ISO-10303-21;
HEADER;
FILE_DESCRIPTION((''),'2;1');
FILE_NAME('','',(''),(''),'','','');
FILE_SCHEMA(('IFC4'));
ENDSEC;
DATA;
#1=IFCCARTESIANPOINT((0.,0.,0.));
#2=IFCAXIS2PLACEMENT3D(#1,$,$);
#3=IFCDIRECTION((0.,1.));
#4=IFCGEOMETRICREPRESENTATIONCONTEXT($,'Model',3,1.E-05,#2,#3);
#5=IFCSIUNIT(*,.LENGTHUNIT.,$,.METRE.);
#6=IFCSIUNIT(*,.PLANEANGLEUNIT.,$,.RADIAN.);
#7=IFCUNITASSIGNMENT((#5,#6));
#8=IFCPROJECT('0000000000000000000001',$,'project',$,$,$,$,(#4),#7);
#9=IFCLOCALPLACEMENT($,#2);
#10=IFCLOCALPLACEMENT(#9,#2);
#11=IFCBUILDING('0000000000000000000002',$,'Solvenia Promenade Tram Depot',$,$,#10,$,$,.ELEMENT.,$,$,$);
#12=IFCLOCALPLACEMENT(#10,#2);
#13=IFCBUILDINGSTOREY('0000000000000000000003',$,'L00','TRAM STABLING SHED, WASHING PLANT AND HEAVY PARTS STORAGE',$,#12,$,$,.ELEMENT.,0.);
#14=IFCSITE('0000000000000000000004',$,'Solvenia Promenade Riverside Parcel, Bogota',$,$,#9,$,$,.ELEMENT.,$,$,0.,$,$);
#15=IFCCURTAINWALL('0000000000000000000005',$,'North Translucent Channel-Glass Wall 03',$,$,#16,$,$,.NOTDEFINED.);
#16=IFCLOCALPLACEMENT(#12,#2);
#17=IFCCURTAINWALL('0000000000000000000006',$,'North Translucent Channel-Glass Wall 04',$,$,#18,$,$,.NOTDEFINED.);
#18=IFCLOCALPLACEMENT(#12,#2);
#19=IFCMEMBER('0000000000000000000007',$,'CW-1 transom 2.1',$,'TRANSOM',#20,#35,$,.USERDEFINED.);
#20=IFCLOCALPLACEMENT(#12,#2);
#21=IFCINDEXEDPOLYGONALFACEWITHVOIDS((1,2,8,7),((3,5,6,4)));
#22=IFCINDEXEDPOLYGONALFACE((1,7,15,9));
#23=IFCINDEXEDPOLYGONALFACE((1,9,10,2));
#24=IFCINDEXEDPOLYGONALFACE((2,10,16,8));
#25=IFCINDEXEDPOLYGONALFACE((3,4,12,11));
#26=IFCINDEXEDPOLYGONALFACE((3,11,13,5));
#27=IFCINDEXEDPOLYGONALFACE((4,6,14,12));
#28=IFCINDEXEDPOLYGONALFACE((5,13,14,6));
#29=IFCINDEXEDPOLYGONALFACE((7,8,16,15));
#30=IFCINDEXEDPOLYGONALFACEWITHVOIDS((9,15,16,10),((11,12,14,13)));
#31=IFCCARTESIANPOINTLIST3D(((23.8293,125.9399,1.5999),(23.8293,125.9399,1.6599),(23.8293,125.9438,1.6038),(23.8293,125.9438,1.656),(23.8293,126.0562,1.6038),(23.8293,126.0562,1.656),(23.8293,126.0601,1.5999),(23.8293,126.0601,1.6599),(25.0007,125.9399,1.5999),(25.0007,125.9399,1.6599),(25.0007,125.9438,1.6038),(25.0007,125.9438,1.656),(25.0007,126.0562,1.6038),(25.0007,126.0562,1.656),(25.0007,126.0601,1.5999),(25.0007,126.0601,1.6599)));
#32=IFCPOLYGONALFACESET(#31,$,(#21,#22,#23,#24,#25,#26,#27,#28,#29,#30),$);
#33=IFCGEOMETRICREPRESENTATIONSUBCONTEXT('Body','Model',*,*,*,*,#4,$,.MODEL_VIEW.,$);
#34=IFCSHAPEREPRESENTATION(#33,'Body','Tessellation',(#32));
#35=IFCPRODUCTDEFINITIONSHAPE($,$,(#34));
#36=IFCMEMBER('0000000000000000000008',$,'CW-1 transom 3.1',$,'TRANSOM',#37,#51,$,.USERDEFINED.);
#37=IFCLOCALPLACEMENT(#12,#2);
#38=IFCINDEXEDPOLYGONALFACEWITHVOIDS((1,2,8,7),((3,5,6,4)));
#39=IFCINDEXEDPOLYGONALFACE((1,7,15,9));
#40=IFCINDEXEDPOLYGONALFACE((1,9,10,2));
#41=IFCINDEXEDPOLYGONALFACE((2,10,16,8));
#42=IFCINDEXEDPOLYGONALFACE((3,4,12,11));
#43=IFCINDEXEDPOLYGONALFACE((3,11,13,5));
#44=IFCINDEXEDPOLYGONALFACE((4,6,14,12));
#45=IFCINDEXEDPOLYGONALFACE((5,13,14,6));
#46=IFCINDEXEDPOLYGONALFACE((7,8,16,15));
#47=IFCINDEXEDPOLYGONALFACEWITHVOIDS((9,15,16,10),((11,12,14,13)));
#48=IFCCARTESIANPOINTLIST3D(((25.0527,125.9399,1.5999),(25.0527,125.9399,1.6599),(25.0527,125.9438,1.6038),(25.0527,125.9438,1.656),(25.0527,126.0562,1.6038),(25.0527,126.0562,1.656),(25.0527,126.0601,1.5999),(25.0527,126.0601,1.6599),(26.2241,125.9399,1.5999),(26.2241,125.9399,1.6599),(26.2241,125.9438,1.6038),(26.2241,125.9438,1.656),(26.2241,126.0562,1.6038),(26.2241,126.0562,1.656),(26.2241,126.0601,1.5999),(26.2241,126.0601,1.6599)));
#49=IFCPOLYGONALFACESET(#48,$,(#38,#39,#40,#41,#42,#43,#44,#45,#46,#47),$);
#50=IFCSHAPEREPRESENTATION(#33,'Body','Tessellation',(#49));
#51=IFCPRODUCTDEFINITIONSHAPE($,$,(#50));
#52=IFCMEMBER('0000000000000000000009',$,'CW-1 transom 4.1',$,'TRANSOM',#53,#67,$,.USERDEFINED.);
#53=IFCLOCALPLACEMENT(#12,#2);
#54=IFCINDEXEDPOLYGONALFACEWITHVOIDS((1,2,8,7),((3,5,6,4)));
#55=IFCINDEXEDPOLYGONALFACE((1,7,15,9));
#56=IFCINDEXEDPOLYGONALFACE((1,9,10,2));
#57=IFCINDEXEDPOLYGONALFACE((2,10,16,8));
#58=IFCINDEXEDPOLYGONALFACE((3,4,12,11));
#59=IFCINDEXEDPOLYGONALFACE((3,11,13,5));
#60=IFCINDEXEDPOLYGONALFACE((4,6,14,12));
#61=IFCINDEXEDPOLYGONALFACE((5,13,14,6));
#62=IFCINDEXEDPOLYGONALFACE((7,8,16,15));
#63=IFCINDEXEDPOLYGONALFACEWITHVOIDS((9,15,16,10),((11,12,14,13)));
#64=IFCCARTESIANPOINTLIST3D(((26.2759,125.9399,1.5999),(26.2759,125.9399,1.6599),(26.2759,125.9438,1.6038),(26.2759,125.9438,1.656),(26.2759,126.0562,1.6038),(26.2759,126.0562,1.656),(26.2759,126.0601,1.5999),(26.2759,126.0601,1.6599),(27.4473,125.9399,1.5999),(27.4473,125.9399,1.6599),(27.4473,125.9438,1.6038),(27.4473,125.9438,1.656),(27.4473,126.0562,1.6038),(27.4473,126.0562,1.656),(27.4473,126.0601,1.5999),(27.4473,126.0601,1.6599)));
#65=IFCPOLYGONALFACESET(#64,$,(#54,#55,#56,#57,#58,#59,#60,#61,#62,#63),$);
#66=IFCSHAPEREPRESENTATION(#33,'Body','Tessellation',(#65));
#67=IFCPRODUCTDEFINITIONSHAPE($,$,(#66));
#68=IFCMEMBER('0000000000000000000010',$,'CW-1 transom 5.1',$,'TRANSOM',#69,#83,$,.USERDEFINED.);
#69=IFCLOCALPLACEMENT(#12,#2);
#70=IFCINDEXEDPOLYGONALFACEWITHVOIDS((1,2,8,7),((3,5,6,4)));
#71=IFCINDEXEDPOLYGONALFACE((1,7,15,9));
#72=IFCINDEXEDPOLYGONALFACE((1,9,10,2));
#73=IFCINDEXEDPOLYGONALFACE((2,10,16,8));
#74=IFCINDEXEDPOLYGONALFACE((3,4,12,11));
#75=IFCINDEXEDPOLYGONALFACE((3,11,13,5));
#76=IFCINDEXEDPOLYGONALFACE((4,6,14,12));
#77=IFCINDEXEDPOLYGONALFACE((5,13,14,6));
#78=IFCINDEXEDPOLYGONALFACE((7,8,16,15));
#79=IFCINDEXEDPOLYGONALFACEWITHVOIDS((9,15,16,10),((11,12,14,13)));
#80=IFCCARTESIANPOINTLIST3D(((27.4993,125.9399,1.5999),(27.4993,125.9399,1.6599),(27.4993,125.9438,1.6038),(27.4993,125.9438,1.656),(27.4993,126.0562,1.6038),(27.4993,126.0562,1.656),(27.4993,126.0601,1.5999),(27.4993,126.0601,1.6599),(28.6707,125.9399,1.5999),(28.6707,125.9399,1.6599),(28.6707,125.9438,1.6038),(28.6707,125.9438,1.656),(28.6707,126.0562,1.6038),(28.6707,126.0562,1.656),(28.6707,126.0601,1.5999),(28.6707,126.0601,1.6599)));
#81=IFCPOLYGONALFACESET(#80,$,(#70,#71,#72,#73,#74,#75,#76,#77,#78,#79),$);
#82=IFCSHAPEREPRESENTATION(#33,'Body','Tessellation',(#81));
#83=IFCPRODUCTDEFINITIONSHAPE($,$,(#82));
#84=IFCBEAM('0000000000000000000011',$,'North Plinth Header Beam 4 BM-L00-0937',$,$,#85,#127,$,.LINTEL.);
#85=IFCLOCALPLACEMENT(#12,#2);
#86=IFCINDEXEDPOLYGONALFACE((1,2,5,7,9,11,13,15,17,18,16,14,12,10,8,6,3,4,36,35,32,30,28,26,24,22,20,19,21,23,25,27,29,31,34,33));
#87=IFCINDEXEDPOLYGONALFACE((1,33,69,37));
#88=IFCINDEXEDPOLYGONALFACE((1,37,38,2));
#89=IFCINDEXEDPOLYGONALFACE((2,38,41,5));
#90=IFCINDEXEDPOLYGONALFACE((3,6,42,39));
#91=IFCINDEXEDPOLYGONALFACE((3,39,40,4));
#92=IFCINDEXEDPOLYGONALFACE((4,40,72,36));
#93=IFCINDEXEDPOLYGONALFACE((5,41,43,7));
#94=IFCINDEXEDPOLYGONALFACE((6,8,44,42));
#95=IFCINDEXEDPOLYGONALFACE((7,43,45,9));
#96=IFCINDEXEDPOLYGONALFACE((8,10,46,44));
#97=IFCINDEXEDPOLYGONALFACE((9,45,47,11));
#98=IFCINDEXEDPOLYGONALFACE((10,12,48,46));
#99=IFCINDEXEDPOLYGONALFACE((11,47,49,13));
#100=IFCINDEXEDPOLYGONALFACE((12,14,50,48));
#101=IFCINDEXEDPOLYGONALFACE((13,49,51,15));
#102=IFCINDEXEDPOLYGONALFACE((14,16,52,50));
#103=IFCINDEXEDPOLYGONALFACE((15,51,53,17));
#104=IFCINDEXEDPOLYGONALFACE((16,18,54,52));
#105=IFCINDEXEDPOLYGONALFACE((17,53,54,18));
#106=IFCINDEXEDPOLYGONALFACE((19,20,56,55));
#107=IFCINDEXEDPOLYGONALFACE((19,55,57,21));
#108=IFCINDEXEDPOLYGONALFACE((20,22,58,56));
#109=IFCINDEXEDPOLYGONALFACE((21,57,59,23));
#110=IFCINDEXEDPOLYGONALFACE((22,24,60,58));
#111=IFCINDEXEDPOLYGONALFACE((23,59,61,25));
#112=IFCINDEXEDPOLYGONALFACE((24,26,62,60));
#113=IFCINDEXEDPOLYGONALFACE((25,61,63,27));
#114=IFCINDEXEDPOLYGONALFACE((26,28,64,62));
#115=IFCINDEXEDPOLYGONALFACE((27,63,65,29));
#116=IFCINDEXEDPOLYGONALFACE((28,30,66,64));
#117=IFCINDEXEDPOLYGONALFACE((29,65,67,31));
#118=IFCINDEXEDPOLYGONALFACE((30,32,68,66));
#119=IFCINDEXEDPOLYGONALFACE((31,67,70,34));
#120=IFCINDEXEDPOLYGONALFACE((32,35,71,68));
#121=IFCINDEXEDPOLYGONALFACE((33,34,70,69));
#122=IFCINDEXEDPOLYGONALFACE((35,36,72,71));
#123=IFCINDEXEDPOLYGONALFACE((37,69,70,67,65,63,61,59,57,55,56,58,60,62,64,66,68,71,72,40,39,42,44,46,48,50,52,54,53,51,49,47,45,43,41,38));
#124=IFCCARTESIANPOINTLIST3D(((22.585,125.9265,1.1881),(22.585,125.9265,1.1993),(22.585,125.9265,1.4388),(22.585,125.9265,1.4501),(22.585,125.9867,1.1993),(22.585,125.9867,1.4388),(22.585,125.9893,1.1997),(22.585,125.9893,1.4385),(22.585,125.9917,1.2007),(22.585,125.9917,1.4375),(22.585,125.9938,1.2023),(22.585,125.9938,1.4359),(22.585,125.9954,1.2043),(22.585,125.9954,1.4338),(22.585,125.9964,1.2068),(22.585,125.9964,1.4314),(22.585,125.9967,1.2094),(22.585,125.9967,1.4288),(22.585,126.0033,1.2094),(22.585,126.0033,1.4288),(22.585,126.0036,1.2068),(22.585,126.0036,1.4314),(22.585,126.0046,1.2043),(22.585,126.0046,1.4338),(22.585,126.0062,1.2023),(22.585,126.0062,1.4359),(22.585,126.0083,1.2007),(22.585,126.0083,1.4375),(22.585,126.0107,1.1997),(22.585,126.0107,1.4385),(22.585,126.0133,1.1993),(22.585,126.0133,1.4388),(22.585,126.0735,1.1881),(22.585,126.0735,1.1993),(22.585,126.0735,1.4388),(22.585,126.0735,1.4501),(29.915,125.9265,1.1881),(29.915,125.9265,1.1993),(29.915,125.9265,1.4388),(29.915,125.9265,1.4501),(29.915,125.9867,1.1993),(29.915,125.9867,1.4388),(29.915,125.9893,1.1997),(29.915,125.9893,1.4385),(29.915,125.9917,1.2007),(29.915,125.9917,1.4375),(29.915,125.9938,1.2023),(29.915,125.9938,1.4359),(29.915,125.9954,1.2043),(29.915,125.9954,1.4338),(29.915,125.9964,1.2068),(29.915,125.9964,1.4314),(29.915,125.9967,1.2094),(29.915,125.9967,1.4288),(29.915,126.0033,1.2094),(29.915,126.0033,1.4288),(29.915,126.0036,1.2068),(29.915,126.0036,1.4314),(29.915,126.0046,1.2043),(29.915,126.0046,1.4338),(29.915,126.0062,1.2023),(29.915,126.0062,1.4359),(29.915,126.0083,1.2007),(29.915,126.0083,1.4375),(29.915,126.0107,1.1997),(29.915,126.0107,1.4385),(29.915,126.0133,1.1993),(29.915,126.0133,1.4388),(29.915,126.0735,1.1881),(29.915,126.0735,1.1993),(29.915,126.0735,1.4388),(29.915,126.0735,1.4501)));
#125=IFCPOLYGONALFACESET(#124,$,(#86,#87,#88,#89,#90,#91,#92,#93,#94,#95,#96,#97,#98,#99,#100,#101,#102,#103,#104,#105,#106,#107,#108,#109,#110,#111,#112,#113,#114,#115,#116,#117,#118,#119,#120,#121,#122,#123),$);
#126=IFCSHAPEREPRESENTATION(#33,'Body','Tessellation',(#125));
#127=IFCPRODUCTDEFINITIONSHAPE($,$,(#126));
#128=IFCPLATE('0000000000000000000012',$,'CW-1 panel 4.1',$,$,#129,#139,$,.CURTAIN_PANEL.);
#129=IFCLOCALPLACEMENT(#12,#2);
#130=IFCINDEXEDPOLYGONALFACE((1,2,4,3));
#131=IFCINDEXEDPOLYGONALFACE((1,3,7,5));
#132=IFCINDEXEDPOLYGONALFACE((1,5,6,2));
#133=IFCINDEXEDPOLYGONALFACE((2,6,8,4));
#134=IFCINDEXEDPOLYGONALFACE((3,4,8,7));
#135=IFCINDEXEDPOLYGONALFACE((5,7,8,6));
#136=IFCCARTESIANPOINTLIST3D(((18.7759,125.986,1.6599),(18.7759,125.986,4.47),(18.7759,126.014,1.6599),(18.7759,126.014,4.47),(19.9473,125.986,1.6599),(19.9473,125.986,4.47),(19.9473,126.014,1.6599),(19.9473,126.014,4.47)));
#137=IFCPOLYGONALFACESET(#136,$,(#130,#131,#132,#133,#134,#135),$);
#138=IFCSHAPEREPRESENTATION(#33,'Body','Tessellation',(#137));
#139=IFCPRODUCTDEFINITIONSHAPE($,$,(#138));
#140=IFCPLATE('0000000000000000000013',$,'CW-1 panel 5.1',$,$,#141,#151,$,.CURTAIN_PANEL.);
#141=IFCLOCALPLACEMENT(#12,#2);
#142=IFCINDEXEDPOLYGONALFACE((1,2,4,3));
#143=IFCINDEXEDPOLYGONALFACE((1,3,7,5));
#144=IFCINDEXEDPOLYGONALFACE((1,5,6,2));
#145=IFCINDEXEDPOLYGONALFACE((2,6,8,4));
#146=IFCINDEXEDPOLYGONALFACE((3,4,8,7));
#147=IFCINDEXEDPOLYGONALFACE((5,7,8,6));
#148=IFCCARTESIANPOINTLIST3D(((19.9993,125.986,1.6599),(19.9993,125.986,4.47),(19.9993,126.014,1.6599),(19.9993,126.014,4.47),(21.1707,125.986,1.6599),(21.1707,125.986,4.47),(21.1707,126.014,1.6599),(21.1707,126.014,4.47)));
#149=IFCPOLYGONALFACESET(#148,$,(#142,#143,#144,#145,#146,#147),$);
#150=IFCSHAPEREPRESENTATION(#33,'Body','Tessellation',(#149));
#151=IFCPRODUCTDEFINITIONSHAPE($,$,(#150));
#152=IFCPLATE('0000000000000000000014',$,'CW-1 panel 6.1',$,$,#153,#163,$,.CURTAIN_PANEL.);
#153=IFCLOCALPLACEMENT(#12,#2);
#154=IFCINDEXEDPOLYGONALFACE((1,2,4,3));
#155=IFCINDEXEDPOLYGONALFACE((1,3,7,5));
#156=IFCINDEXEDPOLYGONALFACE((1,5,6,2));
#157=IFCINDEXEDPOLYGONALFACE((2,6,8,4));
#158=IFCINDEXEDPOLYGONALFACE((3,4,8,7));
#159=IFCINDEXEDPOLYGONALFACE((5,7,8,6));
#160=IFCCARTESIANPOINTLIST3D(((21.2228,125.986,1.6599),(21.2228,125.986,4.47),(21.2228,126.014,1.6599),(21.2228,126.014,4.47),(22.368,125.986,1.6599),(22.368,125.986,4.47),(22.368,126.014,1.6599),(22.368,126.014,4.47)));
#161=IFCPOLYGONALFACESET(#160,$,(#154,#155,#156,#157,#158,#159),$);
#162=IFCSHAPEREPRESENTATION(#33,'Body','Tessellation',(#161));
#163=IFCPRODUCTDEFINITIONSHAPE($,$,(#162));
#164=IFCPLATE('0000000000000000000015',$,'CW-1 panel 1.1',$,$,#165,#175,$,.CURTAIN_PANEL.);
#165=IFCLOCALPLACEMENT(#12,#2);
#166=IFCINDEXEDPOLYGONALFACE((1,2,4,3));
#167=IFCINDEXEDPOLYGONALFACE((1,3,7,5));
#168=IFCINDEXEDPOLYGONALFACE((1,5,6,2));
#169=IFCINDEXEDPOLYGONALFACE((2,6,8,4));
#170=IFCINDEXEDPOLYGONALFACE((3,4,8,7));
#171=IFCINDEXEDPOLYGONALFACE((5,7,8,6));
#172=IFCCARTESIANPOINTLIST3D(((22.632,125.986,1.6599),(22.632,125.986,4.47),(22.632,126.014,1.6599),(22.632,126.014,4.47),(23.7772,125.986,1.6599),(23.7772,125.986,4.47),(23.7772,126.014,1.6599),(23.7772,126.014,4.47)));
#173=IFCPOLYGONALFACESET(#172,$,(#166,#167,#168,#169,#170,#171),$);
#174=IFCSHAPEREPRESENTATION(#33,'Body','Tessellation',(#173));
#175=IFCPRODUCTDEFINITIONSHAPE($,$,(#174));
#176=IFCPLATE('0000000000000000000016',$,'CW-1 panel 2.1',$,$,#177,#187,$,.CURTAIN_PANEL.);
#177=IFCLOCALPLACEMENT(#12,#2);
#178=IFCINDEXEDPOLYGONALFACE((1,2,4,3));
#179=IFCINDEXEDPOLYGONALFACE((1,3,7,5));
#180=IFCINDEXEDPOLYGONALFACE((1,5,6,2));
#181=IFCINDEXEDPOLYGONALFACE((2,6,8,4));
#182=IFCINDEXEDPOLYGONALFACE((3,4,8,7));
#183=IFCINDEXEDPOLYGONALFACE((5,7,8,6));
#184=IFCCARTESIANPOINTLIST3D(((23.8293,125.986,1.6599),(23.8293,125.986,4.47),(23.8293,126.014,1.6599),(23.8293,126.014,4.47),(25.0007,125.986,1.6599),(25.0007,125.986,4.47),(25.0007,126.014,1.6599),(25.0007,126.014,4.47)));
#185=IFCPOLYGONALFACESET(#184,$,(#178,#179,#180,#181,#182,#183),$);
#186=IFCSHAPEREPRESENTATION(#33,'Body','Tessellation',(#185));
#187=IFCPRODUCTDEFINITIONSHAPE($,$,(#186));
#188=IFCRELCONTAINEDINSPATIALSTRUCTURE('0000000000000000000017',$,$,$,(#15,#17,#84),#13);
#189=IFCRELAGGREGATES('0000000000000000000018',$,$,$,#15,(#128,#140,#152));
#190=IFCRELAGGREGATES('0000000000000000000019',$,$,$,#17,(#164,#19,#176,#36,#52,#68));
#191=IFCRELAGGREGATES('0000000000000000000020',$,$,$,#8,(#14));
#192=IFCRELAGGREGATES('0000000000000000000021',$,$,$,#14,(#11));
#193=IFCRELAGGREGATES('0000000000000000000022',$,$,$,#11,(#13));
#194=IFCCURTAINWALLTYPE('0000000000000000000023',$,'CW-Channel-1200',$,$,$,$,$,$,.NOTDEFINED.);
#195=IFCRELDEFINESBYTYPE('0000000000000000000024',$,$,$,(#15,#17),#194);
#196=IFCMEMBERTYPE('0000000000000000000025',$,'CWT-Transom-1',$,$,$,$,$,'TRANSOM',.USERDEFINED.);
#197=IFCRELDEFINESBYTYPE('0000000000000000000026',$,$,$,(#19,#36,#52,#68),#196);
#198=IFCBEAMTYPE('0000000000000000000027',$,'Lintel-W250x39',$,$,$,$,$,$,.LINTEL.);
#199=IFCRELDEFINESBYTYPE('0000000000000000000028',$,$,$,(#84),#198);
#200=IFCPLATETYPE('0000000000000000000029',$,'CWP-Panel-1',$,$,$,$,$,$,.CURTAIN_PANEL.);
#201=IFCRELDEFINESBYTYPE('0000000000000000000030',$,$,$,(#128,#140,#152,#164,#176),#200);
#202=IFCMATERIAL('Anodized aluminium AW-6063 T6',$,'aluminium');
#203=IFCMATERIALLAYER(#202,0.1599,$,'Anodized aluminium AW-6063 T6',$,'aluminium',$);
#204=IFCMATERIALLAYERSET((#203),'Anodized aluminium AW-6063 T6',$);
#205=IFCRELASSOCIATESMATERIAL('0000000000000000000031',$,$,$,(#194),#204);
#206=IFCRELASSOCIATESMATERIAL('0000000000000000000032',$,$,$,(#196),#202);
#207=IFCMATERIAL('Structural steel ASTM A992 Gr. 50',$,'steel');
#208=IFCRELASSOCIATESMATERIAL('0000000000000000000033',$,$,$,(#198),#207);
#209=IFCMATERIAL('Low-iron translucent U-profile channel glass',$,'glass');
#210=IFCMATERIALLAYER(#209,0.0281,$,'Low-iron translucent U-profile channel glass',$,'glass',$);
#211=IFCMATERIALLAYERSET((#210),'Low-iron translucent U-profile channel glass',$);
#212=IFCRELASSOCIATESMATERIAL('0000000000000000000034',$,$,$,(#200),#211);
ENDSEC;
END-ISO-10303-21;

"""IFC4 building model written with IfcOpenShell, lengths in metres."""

from ifc_helpers import new_model, si_unit, direction, frame, origin, origin_2d, place, context, subcontext, project, spatial, rectangle, hollow_rectangle, i_section, extrude, material, layer, layer_set, material_profile, profile_set, type_object, element, aggregate, save


model = new_model("IFC4")

# Units and contexts
model_context = context("Model", 3, precision=1e-05, world=origin(), true_north=direction((0.0, 1.0)))
body_context = subcontext(model_context, "Body", "Model", "MODEL_VIEW")
ifc_project = project(units=[si_unit("LENGTHUNIT", "METRE"), si_unit("PLANEANGLEUNIT", "RADIAN")], contexts=[model_context])

# Site, building, storey
site_placement = place(None, origin())
site = spatial("IfcSite", under=ifc_project, at=site_placement, Name="Solvenia Promenade Riverside Parcel, Bogota", CompositionType="ELEMENT", RefElevation=0.0)
building_placement = place(site_placement, origin())
building = spatial("IfcBuilding", under=site, at=building_placement, Name="Solvenia Promenade Tram Depot", CompositionType="ELEMENT")
storey_placement = place(building_placement, origin())
storey = spatial("IfcBuildingStorey", under=building, at=storey_placement, Name="L00", Description="TRAM STABLING SHED, WASHING PLANT AND HEAVY PARTS STORAGE", CompositionType="ELEMENT", Elevation=0.0)

# Shared definitions
ifc_material_1 = material(Name="Structural steel ASTM A992 Gr. 50", Category="steel")

# Curtain walls
ifc_material_2 = material(Name="Anodized aluminium AW-6063 T6", Category="aluminium")
ifc_layer_1 = layer(ifc_material_2, 0.1599, Name="Anodized aluminium AW-6063 T6", Category="aluminium")
ifc_layer_set_1 = layer_set([ifc_layer_1], Name="Anodized aluminium AW-6063 T6")
curtain_wall_type = type_object("IfcCurtainWallType", Name="CW-Channel-1200", PredefinedType="NOTDEFINED", material=ifc_layer_set_1)
curtain_wall_1_placement = place(storey_placement, origin())
curtain_wall_1 = element("IfcCurtainWall", 1, at=curtain_wall_1_placement, inside=storey, type_object=curtain_wall_type, Name="North Translucent Channel-Glass Wall 03", PredefinedType="NOTDEFINED")
curtain_wall_2_placement = place(storey_placement, origin())
curtain_wall_2 = element("IfcCurtainWall", 2, at=curtain_wall_2_placement, inside=storey, type_object=curtain_wall_type, Name="North Translucent Channel-Glass Wall 04", PredefinedType="NOTDEFINED")

# Members
ifc_material_profile_1 = material_profile(ifc_material_2, hollow_rectangle(XDim=0.1201, YDim=0.0601, WallThickness=0.0039, at=origin_2d()), Name="ALU-T1", Category="aluminium")
ifc_profile_set_1 = profile_set([ifc_material_profile_1], Name="Anodized aluminium AW-6063 T6")
member_type_1 = type_object("IfcMemberType", Name="CWT-Transom-1", ElementType="TRANSOM", PredefinedType="USERDEFINED", material=ifc_profile_set_1)
member_1_placement = place(storey_placement, frame((23.8293, 126.0, 1.6299), z_axis=(1.0, 0.0, 0.0), x_axis=(0.0, 1.0, 0.0)))
member_1 = element("IfcMember", 3, at=member_1_placement, type_object=member_type_1, Name="CW-1 transom 2.1", ObjectType="TRANSOM", PredefinedType="USERDEFINED", context=body_context, shape_type="SweptSolid", body=[
    extrude(hollow_rectangle(XDim=0.1201, YDim=0.0601, WallThickness=0.0039, at=origin_2d()), origin(), (0.0, 0.0, 1.0), 1.1714),
])
member_2_placement = place(storey_placement, frame((25.0527, 126.0, 1.6299), z_axis=(1.0, 0.0, 0.0), x_axis=(0.0, 1.0, 0.0)))
member_2 = element("IfcMember", 4, at=member_2_placement, type_object=member_type_1, Name="CW-1 transom 3.1", ObjectType="TRANSOM", PredefinedType="USERDEFINED", context=body_context, shape_type="SweptSolid", body=[
    extrude(hollow_rectangle(XDim=0.1201, YDim=0.0601, WallThickness=0.0039, at=origin_2d()), origin(), (0.0, 0.0, 1.0), 1.1714),
])
member_3_placement = place(storey_placement, frame((26.2759, 126.0, 1.6299), z_axis=(1.0, 0.0, 0.0), x_axis=(0.0, 1.0, 0.0)))
member_3 = element("IfcMember", 5, at=member_3_placement, type_object=member_type_1, Name="CW-1 transom 4.1", ObjectType="TRANSOM", PredefinedType="USERDEFINED", context=body_context, shape_type="SweptSolid", body=[
    extrude(hollow_rectangle(XDim=0.1201, YDim=0.0601, WallThickness=0.0039, at=origin_2d()), origin(), (0.0, 0.0, 1.0), 1.1714),
])
member_4_placement = place(storey_placement, frame((27.4993, 126.0, 1.6299), z_axis=(1.0, 0.0, 0.0), x_axis=(0.0, 1.0, 0.0)))
member_4 = element("IfcMember", 6, at=member_4_placement, type_object=member_type_1, Name="CW-1 transom 5.1", ObjectType="TRANSOM", PredefinedType="USERDEFINED", context=body_context, shape_type="SweptSolid", body=[
    extrude(hollow_rectangle(XDim=0.1201, YDim=0.0601, WallThickness=0.0039, at=origin_2d()), origin(), (0.0, 0.0, 1.0), 1.1714),
])

# Beam
ifc_material_profile_2 = material_profile(ifc_material_1, i_section(OverallWidth=0.147, OverallDepth=0.262, WebThickness=0.0066, FlangeThickness=0.0112, FilletRadius=0.01, at=origin_2d()), Name="W250x39", Category="steel")
ifc_profile_set_2 = profile_set([ifc_material_profile_2], Name="Structural steel ASTM A992 Gr. 50")
beam_type = type_object("IfcBeamType", Name="Lintel-W250x39", PredefinedType="LINTEL", material=ifc_profile_set_2)
beam_placement = place(storey_placement, frame((22.585, 126.0, 1.3191), z_axis=(1.0, 0.0, 0.0), x_axis=(0.0, 1.0, 0.0)))
element("IfcBeam", 7, at=beam_placement, inside=storey, type_object=beam_type, Name="North Plinth Header Beam 4 BM-L00-0937", PredefinedType="LINTEL", context=body_context, shape_type="SweptSolid", body=[
    extrude(i_section(OverallWidth=0.147, OverallDepth=0.262, WebThickness=0.0066, FlangeThickness=0.0112, FilletRadius=0.01, at=origin_2d()), origin(), (0.0, 0.0, 1.0), 7.3301),
])

# Plates
ifc_material_3 = material(Name="Low-iron translucent U-profile channel glass", Category="glass")
ifc_layer_2 = layer(ifc_material_3, 0.0281, Name="Low-iron translucent U-profile channel glass", Category="glass")
ifc_layer_set_2 = layer_set([ifc_layer_2], Name="Low-iron translucent U-profile channel glass")
plate_type = type_object("IfcPlateType", Name="CWP-Panel-1", PredefinedType="CURTAIN_PANEL", material=ifc_layer_set_2)
plate_1_placement = place(storey_placement, frame((19.3616, 126.0, 1.6599), z_axis=(0.0, 0.0, 1.0), x_axis=(1.0, 0.0, 0.0)))
plate_1 = element("IfcPlate", 8, at=plate_1_placement, type_object=plate_type, Name="CW-1 panel 4.1", PredefinedType="CURTAIN_PANEL", context=body_context, shape_type="SweptSolid", body=[
    extrude(rectangle(XDim=1.1714, YDim=0.0281, at=origin_2d()), origin(), (0.0, 0.0, 1.0), 2.8101),
])
plate_2_placement = place(storey_placement, frame((20.585, 126.0, 1.6599), z_axis=(0.0, 0.0, 1.0), x_axis=(1.0, 0.0, 0.0)))
plate_2 = element("IfcPlate", 9, at=plate_2_placement, type_object=plate_type, Name="CW-1 panel 5.1", PredefinedType="CURTAIN_PANEL", context=body_context, shape_type="SweptSolid", body=[
    extrude(rectangle(XDim=1.1714, YDim=0.0281, at=origin_2d()), origin(), (0.0, 0.0, 1.0), 2.8101),
])
plate_3_placement = place(storey_placement, frame((21.7954, 126.0, 1.6599), z_axis=(0.0, 0.0, 1.0), x_axis=(1.0, 0.0, 0.0)))
plate_3 = element("IfcPlate", 10, at=plate_3_placement, type_object=plate_type, Name="CW-1 panel 6.1", PredefinedType="CURTAIN_PANEL", context=body_context, shape_type="SweptSolid", body=[
    extrude(rectangle(XDim=1.1453, YDim=0.0281, at=origin_2d()), origin(), (0.0, 0.0, 1.0), 2.8101),
])
aggregate(curtain_wall_1, [plate_1, plate_2, plate_3])
plate_4_placement = place(storey_placement, frame((23.2046, 126.0, 1.6599), z_axis=(0.0, 0.0, 1.0), x_axis=(1.0, 0.0, 0.0)))
plate_4 = element("IfcPlate", 11, at=plate_4_placement, type_object=plate_type, Name="CW-1 panel 1.1", PredefinedType="CURTAIN_PANEL", context=body_context, shape_type="SweptSolid", body=[
    extrude(rectangle(XDim=1.1453, YDim=0.0281, at=origin_2d()), origin(), (0.0, 0.0, 1.0), 2.8101),
])
plate_5_placement = place(storey_placement, frame((24.415, 126.0, 1.6599), z_axis=(0.0, 0.0, 1.0), x_axis=(1.0, 0.0, 0.0)))
plate_5 = element("IfcPlate", 12, at=plate_5_placement, type_object=plate_type, Name="CW-1 panel 2.1", PredefinedType="CURTAIN_PANEL", context=body_context, shape_type="SweptSolid", body=[
    extrude(rectangle(XDim=1.1714, YDim=0.0281, at=origin_2d()), origin(), (0.0, 0.0, 1.0), 2.8101),
])
aggregate(curtain_wall_2, [plate_4, member_1, plate_5, member_2, member_3, member_4])

save(model, "model.ifc")
